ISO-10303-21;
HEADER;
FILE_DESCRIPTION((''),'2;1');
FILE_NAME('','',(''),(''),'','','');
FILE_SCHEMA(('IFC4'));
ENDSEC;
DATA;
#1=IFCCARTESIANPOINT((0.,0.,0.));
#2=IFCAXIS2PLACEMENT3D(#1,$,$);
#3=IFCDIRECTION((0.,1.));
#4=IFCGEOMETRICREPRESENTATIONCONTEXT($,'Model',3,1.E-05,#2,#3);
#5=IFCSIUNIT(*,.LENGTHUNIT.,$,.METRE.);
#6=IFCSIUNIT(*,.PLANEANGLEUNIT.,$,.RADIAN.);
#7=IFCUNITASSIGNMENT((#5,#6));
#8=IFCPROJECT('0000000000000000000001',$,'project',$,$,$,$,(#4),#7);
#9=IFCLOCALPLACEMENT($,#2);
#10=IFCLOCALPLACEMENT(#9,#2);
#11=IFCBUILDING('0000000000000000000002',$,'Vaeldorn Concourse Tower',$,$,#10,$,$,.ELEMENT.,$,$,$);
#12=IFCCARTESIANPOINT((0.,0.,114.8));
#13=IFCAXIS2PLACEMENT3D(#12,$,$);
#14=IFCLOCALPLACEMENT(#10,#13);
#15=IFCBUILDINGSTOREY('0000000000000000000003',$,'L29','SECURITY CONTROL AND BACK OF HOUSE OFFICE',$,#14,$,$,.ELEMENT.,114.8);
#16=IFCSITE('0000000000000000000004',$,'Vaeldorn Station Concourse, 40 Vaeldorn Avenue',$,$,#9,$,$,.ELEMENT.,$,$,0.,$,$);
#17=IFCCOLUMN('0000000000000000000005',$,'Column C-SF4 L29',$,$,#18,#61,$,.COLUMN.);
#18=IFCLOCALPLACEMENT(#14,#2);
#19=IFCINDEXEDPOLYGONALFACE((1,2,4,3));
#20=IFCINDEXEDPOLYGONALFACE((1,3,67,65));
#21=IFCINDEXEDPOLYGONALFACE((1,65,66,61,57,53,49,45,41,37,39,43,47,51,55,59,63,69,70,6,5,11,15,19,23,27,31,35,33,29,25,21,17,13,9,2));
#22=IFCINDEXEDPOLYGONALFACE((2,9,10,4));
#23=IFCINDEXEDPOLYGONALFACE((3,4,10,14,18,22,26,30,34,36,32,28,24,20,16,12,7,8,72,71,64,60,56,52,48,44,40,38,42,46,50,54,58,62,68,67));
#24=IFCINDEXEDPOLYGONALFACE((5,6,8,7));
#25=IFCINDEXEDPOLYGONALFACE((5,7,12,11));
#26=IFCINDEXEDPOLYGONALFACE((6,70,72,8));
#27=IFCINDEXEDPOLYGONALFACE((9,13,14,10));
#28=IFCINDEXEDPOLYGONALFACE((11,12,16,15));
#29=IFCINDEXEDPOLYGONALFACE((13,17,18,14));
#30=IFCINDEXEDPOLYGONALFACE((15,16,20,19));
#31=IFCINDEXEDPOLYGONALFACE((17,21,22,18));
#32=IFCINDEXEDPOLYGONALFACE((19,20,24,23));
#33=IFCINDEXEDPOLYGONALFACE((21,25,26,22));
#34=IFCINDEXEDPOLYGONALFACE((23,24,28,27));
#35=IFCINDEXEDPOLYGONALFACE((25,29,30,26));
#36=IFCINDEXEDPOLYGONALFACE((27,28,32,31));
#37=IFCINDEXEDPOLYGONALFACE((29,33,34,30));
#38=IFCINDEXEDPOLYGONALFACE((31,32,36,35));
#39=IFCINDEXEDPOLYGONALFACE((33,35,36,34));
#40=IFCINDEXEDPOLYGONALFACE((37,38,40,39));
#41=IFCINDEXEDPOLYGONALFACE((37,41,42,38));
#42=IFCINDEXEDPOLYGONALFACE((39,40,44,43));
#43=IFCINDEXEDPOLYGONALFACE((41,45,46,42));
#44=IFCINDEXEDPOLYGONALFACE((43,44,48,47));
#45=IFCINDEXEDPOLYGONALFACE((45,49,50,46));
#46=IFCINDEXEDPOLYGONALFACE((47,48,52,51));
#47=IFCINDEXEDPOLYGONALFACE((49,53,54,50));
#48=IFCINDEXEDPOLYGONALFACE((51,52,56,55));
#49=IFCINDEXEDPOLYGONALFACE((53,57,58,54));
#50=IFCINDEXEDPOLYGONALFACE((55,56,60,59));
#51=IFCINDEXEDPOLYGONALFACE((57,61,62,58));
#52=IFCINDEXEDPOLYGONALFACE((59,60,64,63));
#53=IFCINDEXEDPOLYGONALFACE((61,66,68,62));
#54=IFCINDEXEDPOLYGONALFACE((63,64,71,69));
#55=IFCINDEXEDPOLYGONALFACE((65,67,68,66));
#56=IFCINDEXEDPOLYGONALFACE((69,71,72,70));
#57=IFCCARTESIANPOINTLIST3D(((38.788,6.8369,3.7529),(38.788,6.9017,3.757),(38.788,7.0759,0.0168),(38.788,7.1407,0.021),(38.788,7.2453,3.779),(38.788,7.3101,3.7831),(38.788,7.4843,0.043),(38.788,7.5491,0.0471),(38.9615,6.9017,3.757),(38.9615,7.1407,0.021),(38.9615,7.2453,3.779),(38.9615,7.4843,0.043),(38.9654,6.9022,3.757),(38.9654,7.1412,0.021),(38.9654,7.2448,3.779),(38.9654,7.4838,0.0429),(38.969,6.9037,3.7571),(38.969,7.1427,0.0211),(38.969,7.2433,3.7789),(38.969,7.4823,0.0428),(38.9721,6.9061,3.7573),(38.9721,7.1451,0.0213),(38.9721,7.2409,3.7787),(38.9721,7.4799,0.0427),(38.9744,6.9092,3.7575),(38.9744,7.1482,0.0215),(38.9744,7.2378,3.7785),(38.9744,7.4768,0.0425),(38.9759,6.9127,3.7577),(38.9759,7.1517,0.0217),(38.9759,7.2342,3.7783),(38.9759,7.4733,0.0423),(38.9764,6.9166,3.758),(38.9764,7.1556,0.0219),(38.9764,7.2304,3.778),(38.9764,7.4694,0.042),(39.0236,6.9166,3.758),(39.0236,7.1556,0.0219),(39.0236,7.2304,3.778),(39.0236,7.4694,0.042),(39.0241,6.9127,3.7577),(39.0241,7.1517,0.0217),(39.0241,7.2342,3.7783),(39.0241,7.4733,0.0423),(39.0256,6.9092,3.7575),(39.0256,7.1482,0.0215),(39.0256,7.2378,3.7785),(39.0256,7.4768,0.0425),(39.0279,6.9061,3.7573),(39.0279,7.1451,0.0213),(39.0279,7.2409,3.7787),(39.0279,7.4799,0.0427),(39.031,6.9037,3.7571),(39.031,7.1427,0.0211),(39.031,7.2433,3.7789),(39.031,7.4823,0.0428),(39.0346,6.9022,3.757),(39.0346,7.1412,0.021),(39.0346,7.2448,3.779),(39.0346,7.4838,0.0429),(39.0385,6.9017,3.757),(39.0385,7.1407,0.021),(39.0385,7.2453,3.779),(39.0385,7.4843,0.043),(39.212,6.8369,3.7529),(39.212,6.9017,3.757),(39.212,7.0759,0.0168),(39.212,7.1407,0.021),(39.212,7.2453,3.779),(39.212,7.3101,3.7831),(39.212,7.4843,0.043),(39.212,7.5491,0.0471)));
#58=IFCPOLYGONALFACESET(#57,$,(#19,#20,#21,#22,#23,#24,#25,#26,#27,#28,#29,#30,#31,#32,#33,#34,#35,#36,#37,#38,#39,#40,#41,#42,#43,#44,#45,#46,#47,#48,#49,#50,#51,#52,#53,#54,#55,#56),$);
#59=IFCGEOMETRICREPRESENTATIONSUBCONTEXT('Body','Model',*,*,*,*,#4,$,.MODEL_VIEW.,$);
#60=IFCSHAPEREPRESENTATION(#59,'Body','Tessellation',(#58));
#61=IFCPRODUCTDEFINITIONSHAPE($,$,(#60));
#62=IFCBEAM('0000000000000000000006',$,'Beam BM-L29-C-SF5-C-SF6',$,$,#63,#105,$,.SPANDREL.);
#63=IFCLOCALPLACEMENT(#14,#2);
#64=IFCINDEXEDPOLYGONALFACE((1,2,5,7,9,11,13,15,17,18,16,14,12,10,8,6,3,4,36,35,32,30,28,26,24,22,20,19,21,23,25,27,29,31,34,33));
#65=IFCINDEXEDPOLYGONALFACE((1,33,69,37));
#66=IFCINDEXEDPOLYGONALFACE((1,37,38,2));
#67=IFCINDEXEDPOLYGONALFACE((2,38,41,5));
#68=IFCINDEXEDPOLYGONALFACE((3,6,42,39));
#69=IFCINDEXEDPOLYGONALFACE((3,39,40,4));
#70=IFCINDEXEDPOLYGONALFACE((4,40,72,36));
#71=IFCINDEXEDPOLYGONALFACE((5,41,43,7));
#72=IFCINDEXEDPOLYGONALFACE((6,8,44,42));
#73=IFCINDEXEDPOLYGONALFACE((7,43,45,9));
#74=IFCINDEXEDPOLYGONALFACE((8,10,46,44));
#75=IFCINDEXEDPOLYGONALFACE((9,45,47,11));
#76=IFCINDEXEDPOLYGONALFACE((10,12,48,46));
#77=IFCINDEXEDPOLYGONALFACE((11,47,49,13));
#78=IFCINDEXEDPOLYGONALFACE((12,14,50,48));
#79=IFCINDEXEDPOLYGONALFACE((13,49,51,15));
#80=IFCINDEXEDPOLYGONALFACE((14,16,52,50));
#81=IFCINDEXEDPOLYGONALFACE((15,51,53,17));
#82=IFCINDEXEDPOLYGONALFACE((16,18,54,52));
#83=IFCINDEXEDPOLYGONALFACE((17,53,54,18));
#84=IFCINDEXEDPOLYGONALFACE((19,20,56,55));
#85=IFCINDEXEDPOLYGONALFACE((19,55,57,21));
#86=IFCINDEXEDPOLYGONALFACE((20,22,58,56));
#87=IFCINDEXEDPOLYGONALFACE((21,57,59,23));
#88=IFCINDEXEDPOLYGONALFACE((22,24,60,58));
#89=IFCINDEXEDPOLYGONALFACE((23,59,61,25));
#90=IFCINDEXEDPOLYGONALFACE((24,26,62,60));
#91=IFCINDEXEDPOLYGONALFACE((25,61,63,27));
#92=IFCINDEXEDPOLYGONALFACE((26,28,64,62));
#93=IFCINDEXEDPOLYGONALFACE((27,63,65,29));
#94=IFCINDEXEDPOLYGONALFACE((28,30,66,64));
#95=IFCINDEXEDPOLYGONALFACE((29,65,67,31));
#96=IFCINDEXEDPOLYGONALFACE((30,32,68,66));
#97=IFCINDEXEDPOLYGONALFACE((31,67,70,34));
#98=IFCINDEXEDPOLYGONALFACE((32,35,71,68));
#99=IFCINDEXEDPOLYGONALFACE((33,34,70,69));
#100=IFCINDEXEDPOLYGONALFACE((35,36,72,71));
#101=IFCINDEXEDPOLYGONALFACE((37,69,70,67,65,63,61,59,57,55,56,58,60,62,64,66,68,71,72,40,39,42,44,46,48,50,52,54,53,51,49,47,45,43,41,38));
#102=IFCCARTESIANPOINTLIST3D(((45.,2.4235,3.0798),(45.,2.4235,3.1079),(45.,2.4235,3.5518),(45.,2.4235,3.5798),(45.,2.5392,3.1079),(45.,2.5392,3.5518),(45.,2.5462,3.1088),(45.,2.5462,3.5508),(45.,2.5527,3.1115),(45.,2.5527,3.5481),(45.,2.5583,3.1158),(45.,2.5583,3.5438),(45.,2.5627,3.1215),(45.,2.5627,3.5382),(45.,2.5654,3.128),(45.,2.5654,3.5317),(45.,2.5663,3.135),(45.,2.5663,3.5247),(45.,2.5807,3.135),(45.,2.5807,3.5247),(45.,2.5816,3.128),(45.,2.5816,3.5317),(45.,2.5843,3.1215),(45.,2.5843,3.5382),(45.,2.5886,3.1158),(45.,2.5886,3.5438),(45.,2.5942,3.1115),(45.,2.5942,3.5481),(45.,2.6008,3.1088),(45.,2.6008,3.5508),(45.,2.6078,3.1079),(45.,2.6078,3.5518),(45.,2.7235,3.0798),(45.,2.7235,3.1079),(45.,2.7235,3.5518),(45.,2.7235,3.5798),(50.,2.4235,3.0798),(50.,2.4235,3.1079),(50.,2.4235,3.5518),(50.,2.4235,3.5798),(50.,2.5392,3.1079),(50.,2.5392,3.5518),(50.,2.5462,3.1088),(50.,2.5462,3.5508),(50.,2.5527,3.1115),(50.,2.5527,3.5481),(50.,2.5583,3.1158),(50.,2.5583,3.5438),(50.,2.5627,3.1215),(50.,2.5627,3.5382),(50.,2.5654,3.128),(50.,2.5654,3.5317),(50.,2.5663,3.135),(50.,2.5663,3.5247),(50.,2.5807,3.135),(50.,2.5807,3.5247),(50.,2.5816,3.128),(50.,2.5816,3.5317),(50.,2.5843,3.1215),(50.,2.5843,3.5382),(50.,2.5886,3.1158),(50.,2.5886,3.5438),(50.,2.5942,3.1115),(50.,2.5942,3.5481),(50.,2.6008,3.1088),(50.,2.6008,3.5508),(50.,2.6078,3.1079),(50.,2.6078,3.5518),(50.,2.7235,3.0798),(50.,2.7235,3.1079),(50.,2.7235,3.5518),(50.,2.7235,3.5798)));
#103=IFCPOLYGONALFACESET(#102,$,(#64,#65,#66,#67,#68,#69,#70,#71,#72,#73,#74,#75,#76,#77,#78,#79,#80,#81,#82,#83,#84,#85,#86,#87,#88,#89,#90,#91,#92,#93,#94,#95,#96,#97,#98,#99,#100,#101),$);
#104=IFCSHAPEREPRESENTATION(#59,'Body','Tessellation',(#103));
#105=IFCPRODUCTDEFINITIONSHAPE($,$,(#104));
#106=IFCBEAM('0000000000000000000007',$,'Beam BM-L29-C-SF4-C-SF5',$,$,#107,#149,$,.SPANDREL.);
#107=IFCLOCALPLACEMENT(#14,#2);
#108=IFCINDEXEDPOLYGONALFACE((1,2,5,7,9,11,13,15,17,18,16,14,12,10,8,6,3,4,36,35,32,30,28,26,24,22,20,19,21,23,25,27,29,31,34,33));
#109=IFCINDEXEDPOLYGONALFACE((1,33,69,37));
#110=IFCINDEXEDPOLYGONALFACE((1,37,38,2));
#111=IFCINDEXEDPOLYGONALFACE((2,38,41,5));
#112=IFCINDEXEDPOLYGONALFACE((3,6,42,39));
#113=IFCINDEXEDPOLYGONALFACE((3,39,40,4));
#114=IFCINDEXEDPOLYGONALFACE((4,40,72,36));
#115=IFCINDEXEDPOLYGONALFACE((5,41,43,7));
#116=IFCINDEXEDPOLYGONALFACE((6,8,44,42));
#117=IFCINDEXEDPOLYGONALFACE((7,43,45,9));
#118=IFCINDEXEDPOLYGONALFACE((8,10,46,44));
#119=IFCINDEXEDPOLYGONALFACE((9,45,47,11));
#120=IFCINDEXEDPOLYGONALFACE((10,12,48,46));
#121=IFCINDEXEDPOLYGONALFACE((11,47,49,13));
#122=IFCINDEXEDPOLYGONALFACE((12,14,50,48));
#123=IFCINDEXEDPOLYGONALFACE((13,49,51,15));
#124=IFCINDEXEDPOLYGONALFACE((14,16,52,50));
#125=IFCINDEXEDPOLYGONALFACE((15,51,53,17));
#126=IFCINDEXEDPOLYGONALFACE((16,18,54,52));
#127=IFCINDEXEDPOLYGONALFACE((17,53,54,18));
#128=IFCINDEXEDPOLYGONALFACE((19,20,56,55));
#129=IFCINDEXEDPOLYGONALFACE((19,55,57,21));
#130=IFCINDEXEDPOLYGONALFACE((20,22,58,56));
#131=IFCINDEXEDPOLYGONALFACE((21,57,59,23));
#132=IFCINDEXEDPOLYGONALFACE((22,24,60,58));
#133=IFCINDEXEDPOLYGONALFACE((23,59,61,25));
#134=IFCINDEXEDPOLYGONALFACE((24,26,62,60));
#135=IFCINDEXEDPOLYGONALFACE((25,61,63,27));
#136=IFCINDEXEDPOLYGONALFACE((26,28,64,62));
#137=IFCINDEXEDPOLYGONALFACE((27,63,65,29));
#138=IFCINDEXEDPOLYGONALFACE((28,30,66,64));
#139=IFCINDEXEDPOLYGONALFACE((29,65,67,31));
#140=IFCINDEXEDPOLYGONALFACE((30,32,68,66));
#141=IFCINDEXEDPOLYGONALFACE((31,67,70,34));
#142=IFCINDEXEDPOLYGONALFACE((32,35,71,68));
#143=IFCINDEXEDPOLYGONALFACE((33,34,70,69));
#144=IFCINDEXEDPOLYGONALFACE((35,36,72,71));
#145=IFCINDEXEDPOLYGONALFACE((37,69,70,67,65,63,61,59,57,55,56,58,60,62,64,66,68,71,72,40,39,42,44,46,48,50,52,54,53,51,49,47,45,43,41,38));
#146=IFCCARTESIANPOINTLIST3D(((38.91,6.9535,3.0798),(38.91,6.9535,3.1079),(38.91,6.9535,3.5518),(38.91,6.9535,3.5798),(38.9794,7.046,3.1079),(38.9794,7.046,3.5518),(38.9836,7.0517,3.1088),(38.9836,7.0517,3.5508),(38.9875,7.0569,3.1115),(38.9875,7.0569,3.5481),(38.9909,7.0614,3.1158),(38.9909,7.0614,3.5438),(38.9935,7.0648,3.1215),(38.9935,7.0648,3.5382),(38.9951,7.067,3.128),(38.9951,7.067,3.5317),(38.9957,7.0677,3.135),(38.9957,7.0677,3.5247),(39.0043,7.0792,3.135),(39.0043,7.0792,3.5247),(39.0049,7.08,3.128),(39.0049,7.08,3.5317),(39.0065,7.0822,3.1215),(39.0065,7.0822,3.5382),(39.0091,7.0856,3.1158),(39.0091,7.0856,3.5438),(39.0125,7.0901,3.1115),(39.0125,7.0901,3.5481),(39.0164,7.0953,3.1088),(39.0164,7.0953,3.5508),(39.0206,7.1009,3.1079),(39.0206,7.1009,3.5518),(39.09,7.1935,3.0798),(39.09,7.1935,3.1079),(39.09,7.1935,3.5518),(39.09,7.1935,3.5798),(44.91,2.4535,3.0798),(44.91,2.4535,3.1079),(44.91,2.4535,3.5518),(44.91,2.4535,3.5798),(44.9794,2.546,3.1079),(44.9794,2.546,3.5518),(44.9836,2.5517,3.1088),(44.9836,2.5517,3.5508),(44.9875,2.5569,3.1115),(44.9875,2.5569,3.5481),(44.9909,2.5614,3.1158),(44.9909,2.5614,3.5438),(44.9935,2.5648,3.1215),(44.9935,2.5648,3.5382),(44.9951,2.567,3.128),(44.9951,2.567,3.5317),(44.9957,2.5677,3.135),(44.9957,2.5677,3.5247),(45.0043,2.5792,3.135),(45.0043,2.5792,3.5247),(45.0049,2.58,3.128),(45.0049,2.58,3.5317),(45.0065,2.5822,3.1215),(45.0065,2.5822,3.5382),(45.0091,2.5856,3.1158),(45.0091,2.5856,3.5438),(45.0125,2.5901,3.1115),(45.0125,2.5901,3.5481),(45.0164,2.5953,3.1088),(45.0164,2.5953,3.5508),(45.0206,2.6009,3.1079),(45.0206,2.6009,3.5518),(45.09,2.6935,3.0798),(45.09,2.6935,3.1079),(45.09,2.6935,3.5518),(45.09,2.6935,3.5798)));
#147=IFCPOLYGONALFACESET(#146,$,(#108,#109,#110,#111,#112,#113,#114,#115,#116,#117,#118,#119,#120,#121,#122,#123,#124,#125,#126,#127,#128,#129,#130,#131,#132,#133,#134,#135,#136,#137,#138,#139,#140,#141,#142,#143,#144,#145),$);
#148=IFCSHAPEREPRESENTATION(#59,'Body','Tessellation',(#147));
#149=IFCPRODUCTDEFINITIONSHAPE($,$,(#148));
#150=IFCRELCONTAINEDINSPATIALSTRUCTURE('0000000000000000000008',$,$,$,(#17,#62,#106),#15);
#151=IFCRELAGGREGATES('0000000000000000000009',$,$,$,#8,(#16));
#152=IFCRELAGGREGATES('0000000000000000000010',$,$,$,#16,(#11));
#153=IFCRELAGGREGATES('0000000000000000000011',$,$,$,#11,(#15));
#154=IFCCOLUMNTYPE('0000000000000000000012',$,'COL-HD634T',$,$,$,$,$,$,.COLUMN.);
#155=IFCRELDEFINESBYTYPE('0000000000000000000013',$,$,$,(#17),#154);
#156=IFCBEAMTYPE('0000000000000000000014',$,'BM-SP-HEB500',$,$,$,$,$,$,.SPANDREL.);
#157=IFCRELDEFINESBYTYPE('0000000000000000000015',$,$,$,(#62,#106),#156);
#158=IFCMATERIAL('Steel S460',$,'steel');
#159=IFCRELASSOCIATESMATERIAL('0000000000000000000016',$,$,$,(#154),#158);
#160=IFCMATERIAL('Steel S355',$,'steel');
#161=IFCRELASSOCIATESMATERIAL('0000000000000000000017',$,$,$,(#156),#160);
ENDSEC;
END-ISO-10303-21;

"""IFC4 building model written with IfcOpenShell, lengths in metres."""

from ifc_helpers import new_model, si_unit, direction, frame, origin, origin_2d, place, context, subcontext, project, spatial, i_section, extrude, source, transform, mapped, material, material_profile, profile_set, type_object, element, save


model = new_model("IFC4")

# Units and contexts
model_context = context("Model", 3, precision=1e-05, world=origin(), true_north=direction((0.0, 1.0)))
body_context = subcontext(model_context, "Body", "Model", "MODEL_VIEW")
ifc_project = project(units=[si_unit("LENGTHUNIT", "METRE"), si_unit("PLANEANGLEUNIT", "RADIAN")], contexts=[model_context])

# Site, building, storey
site_placement = place(None, origin())
site = spatial("IfcSite", under=ifc_project, at=site_placement, Name="Vaeldorn Station Concourse, 40 Vaeldorn Avenue", CompositionType="ELEMENT", RefElevation=0.0)
building_placement = place(site_placement, origin())
building = spatial("IfcBuilding", under=site, at=building_placement, Name="Vaeldorn Concourse Tower", CompositionType="ELEMENT")
storey_placement = place(building_placement, frame((0.0, 0.0, 114.8)))
storey = spatial("IfcBuildingStorey", under=building, at=storey_placement, Name="L29", Description="SECURITY CONTROL AND BACK OF HOUSE OFFICE", CompositionType="ELEMENT", Elevation=114.8)

# Column
ifc_material_1 = material(Name="Steel S460", Category="steel")
ifc_material_profile_1 = material_profile(ifc_material_1, i_section(OverallWidth=0.4241, OverallDepth=0.4741, WebThickness=0.0471, FlangeThickness=0.0649, FilletRadius=0.0149, at=origin_2d()), Name="HD 400x634")
ifc_profile_set_1 = profile_set([ifc_material_profile_1], Name="Steel S460")
column_type = type_object("IfcColumnType", Name="COL-HD634T", PredefinedType="COLUMN", material=ifc_profile_set_1)
shared_shape_1 = source(origin(), body_context, "Body", "SweptSolid", [
    extrude(i_section(OverallWidth=0.4241, OverallDepth=0.4741, WebThickness=0.0471, FlangeThickness=0.0649, FilletRadius=0.0149, at=origin_2d()), origin(), (0.0, 0.0, 1.0), 3.7437),
])
column_placement = place(storey_placement, frame((39.0, 7.3125, 0.032), z_axis=(0.0, -0.063844, 0.99796), x_axis=(1.0, 0.0, 0.0)))
element("IfcColumn", 1, at=column_placement, inside=storey, type_object=column_type, Name="Column C-SF4 L29", PredefinedType="COLUMN", context=body_context, shape_type="MappedRepresentation", body=[
    mapped(shared_shape_1, transform((0.0, 0.0, 0.0), scale=1.0)),
])

# Beams
ifc_material_2 = material(Name="Steel S355", Category="steel")
ifc_material_profile_2 = material_profile(ifc_material_2, i_section(OverallWidth=0.3, OverallDepth=0.5, WebThickness=0.0144, FlangeThickness=0.0281, FilletRadius=0.0271, at=origin_2d()), Name="HEB 500")
ifc_profile_set_2 = profile_set([ifc_material_profile_2], Name="Steel S355")
beam_type_1 = type_object("IfcBeamType", Name="BM-SP-HEB500", PredefinedType="SPANDREL", material=ifc_profile_set_2)
shared_shape_2 = source(origin(), body_context, "Body", "SweptSolid", [
    extrude(i_section(OverallWidth=0.3, OverallDepth=0.5, WebThickness=0.0144, FlangeThickness=0.0281, FilletRadius=0.0271, at=origin_2d()), origin(), (0.0, 0.0, 1.0), 5.0),
])
beam_1_placement = place(storey_placement, frame((45.0, 2.5735, 3.3298), z_axis=(1.0, 0.0, 0.0), x_axis=(0.0, 1.0, 0.0)))
element("IfcBeam", 2, at=beam_1_placement, inside=storey, type_object=beam_type_1, Name="Beam BM-L29-C-SF5-C-SF6", PredefinedType="SPANDREL", context=body_context, shape_type="MappedRepresentation", body=[
    mapped(shared_shape_2, transform((0.0, 0.0, 0.0), scale=1.0)),
])
shared_shape_3 = source(origin(), body_context, "Body", "SweptSolid", [
    extrude(i_section(OverallWidth=0.3, OverallDepth=0.5, WebThickness=0.0144, FlangeThickness=0.0281, FilletRadius=0.0271, at=origin_2d()), origin(), (0.0, 0.0, 1.0), 7.5),
])
beam_2_placement = place(storey_placement, frame((39.0, 7.0735, 3.3298), z_axis=(0.8, -0.6, 0.0), x_axis=(0.6, 0.8, 0.0)))
element("IfcBeam", 3, at=beam_2_placement, inside=storey, type_object=beam_type_1, Name="Beam BM-L29-C-SF4-C-SF5", PredefinedType="SPANDREL", context=body_context, shape_type="MappedRepresentation", body=[
    mapped(shared_shape_3, transform((0.0, 0.0, 0.0), scale=1.0)),
])

save(model, "model.ifc")
